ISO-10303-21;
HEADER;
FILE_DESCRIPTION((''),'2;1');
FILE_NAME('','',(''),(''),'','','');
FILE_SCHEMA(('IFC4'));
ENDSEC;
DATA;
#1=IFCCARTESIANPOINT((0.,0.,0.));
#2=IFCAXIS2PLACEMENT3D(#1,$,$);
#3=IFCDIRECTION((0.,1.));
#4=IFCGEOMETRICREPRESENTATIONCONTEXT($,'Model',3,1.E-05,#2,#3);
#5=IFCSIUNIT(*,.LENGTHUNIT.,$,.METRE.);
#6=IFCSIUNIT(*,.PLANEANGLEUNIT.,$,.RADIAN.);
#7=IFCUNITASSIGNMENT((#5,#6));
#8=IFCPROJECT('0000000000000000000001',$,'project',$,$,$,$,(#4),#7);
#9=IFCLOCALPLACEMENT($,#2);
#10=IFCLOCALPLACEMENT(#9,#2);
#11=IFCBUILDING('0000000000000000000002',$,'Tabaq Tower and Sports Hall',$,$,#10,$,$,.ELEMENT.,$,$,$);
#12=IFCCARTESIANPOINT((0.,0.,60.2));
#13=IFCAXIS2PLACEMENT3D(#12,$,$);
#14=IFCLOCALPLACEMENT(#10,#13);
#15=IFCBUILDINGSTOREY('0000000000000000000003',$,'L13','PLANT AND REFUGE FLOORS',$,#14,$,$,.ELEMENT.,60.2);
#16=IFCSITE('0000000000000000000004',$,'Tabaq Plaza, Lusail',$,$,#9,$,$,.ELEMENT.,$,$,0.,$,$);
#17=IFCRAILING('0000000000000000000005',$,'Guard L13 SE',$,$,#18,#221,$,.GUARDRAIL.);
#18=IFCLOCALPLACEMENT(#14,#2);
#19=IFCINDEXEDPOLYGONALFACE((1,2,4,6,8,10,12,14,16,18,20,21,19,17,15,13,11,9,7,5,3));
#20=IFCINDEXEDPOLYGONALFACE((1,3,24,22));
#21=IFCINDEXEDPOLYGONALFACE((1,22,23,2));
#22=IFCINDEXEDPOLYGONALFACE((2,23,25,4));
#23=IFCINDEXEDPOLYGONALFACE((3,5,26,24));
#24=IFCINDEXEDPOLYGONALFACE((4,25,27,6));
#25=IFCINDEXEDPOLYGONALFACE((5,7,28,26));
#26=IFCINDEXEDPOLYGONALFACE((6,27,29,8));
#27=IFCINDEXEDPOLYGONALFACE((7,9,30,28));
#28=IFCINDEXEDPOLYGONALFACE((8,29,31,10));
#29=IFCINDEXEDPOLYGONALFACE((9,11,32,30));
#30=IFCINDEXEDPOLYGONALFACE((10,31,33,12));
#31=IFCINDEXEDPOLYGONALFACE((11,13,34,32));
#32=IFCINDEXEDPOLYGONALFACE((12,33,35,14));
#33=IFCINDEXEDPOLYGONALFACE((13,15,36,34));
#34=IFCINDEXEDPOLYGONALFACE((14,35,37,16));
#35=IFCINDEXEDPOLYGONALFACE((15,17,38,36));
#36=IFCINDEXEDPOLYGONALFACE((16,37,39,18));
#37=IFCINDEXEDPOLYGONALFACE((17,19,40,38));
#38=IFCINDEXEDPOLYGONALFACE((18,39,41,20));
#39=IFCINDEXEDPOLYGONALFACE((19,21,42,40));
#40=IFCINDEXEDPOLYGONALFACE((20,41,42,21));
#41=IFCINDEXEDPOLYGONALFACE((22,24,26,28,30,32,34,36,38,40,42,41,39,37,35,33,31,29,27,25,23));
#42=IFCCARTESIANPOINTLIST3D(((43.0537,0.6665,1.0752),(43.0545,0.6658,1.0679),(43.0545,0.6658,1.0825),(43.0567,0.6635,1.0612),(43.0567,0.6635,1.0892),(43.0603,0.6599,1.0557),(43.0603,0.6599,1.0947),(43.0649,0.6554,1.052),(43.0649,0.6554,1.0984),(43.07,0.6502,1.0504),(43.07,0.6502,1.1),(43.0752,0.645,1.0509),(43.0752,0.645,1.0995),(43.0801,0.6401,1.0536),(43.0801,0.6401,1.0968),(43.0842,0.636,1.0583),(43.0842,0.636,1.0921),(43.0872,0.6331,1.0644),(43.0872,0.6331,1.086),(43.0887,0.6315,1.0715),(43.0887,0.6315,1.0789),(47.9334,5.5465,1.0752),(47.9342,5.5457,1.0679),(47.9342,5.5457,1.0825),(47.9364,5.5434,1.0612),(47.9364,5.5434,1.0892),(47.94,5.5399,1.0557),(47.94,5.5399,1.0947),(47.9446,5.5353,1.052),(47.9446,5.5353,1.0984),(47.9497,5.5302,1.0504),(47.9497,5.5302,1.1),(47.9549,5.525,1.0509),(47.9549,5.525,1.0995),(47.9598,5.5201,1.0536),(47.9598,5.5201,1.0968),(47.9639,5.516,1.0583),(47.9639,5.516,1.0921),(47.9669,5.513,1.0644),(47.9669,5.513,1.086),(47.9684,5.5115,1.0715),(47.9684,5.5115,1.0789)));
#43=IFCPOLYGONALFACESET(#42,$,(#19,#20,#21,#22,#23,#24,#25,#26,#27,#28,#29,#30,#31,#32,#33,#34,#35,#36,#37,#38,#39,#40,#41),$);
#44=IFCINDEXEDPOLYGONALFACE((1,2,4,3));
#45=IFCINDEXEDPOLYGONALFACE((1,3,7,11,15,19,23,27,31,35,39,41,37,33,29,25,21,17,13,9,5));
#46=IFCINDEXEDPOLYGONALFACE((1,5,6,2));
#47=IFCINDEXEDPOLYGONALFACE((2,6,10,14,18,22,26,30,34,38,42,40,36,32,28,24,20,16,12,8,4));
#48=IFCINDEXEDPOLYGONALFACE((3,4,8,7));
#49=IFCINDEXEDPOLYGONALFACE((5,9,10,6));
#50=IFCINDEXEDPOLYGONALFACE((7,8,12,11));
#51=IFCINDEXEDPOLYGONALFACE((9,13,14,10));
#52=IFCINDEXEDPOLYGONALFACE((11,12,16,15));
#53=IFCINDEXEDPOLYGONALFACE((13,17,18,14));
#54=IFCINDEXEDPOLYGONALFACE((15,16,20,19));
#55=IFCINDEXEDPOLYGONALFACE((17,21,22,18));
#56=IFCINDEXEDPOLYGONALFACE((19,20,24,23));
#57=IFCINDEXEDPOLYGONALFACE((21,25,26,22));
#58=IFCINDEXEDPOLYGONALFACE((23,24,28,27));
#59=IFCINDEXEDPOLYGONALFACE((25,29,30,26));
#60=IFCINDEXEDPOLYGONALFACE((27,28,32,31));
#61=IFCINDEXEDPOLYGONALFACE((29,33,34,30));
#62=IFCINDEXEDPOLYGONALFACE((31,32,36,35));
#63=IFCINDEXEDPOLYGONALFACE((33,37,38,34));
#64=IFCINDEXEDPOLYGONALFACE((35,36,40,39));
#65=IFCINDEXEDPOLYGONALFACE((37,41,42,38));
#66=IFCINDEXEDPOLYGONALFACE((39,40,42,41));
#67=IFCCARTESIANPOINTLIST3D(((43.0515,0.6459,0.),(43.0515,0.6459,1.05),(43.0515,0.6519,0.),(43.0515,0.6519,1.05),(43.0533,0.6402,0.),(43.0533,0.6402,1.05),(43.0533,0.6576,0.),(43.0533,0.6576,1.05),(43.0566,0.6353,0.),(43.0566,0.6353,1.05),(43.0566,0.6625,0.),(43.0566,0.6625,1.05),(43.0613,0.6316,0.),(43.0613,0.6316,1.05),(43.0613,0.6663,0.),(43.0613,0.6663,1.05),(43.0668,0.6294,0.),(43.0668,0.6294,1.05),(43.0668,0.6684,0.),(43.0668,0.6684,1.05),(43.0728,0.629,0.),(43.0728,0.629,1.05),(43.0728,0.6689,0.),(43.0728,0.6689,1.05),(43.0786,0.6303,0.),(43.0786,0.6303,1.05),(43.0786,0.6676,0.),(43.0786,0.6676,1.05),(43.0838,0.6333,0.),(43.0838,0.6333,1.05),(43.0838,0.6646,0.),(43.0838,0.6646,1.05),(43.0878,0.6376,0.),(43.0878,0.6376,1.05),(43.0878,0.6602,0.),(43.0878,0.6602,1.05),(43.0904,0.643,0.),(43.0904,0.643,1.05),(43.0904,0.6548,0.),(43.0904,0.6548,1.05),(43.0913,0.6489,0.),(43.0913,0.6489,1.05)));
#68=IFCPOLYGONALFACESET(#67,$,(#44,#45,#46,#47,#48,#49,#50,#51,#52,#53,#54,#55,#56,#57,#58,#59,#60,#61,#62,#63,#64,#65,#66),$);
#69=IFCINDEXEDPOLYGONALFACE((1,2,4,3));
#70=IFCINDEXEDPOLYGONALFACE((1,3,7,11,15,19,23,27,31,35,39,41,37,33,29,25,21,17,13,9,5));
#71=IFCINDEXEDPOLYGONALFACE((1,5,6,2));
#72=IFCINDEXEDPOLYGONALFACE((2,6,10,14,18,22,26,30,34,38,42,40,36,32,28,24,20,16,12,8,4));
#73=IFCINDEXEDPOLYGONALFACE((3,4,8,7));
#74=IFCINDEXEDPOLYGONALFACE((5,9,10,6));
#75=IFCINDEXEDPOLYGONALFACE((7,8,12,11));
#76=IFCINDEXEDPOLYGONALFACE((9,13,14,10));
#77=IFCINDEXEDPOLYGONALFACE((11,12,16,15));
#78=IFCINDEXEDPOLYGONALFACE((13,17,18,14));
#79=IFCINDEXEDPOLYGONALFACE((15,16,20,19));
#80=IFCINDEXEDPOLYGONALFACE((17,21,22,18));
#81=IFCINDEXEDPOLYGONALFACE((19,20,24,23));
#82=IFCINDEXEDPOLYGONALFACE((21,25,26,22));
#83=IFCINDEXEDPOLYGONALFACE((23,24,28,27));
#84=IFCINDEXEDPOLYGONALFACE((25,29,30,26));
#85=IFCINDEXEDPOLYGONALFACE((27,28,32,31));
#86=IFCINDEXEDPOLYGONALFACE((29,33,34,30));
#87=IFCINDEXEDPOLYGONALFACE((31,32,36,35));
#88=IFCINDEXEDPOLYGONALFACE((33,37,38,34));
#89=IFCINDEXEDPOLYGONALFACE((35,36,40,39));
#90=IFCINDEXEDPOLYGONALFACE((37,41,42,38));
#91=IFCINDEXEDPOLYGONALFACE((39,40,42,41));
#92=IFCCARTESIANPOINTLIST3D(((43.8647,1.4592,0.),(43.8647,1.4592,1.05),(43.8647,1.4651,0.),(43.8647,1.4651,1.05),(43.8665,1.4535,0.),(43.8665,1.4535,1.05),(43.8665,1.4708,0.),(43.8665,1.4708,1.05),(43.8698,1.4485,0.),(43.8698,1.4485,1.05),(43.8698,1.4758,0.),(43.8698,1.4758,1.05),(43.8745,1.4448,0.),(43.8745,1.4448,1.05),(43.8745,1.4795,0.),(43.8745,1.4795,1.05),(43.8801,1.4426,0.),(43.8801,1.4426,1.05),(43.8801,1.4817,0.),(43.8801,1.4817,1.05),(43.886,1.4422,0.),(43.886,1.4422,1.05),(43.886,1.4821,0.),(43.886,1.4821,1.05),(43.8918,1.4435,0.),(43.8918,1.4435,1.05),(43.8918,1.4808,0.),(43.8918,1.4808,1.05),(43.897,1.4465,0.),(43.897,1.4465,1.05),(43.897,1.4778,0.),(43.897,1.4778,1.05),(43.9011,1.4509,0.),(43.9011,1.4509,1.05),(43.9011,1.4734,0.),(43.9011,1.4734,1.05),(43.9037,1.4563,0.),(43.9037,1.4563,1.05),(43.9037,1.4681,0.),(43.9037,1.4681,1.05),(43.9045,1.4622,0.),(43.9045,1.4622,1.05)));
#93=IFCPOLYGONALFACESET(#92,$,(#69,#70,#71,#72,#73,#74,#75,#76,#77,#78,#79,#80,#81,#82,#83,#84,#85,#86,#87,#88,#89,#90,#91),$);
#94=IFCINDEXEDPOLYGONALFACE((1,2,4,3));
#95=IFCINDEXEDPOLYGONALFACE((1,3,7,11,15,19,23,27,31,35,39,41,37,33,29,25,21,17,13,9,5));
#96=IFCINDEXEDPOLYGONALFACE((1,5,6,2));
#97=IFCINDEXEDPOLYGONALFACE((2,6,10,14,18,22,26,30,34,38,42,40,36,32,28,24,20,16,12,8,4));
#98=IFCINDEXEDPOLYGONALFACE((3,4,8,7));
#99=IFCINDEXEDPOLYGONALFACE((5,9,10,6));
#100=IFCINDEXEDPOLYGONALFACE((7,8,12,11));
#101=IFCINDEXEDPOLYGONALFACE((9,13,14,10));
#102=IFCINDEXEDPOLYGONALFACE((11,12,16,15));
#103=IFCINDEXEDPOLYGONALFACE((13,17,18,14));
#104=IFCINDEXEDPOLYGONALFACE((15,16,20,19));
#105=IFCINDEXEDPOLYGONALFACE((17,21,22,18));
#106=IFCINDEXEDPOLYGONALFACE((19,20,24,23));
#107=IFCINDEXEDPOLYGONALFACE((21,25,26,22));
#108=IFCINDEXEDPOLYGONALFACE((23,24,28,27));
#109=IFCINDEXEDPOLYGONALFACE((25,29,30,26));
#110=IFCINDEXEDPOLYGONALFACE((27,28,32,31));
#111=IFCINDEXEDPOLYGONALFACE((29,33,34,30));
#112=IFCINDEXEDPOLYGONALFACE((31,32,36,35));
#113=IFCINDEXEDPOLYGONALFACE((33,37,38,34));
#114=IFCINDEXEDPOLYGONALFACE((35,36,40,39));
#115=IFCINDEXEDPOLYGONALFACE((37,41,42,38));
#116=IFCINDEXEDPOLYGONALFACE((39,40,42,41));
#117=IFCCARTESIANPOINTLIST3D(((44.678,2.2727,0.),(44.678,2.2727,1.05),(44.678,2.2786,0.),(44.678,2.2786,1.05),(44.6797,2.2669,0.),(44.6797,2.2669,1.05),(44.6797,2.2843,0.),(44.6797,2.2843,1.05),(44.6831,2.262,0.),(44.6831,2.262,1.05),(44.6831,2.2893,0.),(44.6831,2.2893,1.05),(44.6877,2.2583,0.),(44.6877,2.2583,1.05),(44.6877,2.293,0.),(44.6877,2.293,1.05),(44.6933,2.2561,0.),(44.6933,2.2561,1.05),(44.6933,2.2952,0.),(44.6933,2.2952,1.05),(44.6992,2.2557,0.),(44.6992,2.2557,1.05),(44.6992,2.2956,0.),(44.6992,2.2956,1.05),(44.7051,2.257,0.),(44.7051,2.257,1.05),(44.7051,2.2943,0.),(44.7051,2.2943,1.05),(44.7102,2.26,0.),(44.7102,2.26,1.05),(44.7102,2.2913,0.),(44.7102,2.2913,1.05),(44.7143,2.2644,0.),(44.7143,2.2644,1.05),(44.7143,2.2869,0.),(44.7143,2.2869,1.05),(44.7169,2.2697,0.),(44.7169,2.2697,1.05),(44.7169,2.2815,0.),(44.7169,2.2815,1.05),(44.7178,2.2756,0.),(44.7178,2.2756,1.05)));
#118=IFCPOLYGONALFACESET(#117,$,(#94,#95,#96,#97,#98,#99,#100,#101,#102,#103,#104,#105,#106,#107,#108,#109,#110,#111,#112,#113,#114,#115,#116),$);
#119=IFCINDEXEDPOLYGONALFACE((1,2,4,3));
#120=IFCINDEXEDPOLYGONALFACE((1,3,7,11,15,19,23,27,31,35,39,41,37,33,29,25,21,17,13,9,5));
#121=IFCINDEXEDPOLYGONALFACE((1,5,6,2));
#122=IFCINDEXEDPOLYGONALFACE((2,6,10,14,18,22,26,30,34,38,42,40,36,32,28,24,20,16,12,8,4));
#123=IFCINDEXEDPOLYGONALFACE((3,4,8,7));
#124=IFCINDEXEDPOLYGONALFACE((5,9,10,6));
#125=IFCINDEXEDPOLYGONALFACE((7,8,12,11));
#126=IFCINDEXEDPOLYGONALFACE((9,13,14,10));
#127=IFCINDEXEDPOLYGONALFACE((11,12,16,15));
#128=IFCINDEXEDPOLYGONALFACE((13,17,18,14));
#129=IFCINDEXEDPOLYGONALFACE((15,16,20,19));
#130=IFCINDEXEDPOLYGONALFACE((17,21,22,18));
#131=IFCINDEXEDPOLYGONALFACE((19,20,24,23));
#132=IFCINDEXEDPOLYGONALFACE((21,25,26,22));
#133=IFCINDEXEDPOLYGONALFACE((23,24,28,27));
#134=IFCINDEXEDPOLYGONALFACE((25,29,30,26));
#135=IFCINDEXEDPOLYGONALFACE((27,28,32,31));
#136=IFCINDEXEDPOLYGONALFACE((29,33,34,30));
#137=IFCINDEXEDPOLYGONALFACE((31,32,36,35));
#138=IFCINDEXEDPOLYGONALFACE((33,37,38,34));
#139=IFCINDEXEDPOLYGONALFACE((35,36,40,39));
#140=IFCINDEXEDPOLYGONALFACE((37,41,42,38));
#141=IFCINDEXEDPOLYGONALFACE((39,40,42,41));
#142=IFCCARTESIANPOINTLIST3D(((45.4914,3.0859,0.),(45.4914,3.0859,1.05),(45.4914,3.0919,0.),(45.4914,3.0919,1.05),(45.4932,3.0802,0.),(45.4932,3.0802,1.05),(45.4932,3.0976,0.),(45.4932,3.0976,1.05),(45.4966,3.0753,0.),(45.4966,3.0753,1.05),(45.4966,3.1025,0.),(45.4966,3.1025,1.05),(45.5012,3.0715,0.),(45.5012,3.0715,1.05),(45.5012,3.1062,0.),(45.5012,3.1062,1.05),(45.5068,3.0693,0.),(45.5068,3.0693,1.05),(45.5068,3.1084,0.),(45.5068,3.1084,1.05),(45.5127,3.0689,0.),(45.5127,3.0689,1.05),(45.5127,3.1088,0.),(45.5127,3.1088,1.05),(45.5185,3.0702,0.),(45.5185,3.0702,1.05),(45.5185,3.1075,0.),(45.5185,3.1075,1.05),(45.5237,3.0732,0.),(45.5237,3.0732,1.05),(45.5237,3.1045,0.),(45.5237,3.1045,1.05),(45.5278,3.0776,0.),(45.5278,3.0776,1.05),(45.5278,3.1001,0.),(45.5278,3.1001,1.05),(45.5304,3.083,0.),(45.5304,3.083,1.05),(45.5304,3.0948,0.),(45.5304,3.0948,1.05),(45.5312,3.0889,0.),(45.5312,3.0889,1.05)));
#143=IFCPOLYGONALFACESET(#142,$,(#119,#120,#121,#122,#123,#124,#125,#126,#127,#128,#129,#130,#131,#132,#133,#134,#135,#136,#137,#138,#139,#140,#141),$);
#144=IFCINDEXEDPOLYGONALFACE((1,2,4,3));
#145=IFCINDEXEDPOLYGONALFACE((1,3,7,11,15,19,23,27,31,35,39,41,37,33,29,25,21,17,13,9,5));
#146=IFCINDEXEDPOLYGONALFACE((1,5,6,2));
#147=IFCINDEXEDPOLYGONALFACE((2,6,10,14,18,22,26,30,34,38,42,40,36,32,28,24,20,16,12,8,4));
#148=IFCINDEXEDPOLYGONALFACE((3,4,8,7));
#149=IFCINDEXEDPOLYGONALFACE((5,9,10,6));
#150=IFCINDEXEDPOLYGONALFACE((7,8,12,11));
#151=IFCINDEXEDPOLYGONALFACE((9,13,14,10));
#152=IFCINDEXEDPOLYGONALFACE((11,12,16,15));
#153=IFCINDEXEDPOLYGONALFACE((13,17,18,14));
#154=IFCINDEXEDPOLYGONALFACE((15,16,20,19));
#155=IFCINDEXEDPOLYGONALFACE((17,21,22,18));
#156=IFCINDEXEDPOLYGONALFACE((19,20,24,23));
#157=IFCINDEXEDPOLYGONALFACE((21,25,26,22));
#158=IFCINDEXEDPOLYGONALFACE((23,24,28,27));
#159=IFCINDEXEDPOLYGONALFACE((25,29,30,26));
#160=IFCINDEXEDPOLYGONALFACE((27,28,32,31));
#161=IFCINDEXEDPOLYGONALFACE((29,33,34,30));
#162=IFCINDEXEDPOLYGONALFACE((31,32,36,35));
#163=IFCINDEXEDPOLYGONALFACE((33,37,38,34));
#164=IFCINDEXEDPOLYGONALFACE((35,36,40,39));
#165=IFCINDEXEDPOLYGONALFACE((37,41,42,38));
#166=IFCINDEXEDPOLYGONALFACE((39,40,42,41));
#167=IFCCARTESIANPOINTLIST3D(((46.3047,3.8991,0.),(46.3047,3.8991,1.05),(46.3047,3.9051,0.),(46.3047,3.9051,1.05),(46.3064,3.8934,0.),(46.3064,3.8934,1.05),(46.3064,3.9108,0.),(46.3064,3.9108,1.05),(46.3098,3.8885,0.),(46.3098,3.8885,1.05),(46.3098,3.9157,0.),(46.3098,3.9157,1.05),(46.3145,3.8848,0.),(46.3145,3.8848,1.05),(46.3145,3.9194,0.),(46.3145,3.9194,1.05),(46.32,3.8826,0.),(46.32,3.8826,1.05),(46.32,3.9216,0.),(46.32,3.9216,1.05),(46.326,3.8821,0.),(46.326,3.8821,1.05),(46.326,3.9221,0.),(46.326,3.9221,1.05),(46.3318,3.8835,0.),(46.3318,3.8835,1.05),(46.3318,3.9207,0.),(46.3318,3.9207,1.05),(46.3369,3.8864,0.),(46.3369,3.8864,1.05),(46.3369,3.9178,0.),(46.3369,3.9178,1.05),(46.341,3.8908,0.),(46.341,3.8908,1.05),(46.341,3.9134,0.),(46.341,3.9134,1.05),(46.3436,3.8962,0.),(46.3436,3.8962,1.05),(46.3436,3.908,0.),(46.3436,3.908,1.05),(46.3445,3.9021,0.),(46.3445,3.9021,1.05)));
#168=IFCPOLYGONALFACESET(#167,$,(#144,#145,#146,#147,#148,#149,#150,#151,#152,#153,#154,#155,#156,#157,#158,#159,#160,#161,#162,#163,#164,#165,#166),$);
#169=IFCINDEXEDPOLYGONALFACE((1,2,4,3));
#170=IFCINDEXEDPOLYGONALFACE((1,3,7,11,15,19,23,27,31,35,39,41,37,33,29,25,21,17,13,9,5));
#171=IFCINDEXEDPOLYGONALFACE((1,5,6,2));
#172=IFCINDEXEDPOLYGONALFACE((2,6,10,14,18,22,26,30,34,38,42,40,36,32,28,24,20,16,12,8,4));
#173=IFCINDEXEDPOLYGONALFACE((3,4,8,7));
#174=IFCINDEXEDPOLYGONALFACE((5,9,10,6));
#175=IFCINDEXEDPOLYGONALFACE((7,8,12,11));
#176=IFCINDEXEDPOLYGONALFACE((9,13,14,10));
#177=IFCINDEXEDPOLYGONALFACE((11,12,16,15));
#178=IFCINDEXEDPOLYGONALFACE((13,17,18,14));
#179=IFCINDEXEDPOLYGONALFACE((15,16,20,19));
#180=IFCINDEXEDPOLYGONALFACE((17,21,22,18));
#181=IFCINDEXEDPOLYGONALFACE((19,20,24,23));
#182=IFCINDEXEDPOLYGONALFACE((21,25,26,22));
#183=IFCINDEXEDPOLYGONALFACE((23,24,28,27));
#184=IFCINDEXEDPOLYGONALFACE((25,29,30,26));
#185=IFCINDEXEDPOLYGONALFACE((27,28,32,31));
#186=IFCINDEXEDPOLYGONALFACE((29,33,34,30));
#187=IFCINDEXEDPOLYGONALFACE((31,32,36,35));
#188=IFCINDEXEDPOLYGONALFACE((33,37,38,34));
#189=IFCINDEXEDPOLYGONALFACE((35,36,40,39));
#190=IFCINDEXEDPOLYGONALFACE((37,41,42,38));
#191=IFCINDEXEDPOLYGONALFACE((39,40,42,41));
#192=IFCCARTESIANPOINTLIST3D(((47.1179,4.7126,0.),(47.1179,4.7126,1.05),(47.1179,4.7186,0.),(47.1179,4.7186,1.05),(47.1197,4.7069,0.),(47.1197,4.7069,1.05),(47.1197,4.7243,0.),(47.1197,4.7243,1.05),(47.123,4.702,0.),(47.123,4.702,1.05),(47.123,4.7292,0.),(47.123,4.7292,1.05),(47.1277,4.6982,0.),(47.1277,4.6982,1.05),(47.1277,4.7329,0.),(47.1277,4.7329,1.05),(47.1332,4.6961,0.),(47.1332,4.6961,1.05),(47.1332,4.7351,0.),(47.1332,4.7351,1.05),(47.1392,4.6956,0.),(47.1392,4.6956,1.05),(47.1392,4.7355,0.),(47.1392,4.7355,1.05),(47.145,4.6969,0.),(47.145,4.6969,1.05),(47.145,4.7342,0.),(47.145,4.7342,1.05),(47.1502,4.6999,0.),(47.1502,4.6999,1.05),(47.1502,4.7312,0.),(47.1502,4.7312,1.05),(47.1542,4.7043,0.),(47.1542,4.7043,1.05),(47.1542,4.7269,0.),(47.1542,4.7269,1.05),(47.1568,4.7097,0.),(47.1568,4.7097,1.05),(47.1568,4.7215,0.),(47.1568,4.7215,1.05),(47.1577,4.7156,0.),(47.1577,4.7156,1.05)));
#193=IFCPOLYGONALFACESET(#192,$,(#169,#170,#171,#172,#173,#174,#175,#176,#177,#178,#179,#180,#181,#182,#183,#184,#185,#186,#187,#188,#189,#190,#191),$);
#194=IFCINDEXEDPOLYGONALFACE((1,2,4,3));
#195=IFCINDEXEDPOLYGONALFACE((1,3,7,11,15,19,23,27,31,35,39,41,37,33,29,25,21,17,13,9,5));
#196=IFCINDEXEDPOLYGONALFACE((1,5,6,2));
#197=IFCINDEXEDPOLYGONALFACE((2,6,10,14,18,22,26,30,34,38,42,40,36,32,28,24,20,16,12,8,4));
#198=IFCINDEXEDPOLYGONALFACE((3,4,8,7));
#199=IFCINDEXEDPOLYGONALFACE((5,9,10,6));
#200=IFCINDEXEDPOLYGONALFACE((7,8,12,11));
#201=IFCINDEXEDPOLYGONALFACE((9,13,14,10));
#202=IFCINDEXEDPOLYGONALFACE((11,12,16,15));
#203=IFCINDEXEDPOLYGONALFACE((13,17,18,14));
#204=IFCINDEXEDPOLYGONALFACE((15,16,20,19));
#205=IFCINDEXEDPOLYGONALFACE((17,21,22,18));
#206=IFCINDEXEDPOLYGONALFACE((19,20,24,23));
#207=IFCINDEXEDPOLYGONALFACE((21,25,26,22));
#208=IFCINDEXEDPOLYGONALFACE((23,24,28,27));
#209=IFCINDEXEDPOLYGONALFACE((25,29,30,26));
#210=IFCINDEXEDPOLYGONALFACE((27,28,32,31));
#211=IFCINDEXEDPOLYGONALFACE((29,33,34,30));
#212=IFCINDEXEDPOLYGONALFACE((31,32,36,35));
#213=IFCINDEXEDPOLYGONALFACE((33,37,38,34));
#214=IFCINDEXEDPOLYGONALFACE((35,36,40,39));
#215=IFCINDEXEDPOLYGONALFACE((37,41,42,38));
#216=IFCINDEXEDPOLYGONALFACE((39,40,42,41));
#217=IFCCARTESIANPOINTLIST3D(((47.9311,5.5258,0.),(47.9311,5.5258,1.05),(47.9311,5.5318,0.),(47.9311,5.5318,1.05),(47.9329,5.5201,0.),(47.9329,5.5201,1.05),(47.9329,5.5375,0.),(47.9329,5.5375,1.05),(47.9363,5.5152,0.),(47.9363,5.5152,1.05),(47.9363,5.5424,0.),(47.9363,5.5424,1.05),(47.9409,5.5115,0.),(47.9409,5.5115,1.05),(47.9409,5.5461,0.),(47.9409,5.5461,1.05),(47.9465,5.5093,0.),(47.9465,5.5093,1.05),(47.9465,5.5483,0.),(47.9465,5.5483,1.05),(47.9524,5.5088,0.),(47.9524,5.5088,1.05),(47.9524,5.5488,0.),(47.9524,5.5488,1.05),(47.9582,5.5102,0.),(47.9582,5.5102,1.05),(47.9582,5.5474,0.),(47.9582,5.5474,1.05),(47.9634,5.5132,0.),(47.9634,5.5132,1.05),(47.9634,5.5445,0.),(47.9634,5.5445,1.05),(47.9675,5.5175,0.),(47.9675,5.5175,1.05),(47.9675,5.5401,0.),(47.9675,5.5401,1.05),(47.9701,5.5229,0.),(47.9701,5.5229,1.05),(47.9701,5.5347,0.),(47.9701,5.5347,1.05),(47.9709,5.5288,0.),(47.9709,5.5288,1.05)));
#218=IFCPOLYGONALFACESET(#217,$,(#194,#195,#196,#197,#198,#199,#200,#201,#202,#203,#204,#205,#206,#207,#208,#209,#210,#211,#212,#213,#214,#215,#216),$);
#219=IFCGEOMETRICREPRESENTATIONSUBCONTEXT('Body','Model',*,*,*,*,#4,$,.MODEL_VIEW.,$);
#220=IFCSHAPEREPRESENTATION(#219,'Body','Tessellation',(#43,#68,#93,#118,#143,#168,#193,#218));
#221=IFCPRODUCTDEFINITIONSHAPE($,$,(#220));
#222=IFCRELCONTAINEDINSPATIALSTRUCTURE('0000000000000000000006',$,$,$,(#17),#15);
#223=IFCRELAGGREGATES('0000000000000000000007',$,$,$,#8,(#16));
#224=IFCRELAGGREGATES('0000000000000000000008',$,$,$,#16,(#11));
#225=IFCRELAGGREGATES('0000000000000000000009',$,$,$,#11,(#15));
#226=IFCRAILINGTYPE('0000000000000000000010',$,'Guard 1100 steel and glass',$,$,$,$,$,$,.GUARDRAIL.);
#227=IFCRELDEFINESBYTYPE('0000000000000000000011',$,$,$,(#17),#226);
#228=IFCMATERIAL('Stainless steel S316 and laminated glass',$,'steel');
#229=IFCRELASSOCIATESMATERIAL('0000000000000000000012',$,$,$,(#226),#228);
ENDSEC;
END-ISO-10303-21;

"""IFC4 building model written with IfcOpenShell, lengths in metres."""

from ifc_helpers import new_model, si_unit, direction, frame, origin, origin_2d, place, context, subcontext, project, spatial, circle, extrude, material, type_object, element, save


model = new_model("IFC4")

# Units and contexts
model_context = context("Model", 3, precision=1e-05, world=origin(), true_north=direction((0.0, 1.0)))
body_context = subcontext(model_context, "Body", "Model", "MODEL_VIEW")
ifc_project = project(units=[si_unit("LENGTHUNIT", "METRE"), si_unit("PLANEANGLEUNIT", "RADIAN")], contexts=[model_context])

# Site, building, storey
site_placement = place(None, origin())
site = spatial("IfcSite", under=ifc_project, at=site_placement, Name="Tabaq Plaza, Lusail", CompositionType="ELEMENT", RefElevation=0.0)
building_placement = place(site_placement, origin())
building = spatial("IfcBuilding", under=site, at=building_placement, Name="Tabaq Tower and Sports Hall", CompositionType="ELEMENT")
storey_placement = place(building_placement, frame((0.0, 0.0, 60.2)))
storey = spatial("IfcBuildingStorey", under=building, at=storey_placement, Name="L13", Description="PLANT AND REFUGE FLOORS", CompositionType="ELEMENT", Elevation=60.2)

# Railing
ifc_material_1 = material(Name="Stainless steel S316 and laminated glass", Category="steel")
railing_type = type_object("IfcRailingType", Name="Guard 1100 steel and glass", PredefinedType="GUARDRAIL", material=ifc_material_1)
railing_1_placement = place(storey_placement, frame((43.0713, 0.6489, 0.0)))
element("IfcRailing", 1, at=railing_1_placement, inside=storey, type_object=railing_type, Name="Guard L13 SE", PredefinedType="GUARDRAIL", context=body_context, shape_type="SweptSolid", body=[
    extrude(circle(Radius=0.0249, at=origin_2d()), frame((0.0, 0.0, 1.0752), z_axis=(0.707089, 0.707124, 0.0), x_axis=(-0.707124, 0.707089, 0.0)), (0.0, 0.0, 1.0), 6.9011),
    extrude(circle(Radius=0.02, at=origin_2d()), origin(), (0.0, 0.0, 1.0), 1.05),
    extrude(circle(Radius=0.02, at=origin_2d()), frame((0.8132, 0.8132, 0.0)), (0.0, 0.0, 1.0), 1.05),
    extrude(circle(Radius=0.02, at=origin_2d()), frame((1.6265, 1.6267, 0.0)), (0.0, 0.0, 1.0), 1.05),
    extrude(circle(Radius=0.02, at=origin_2d()), frame((2.4399, 2.4399, 0.0)), (0.0, 0.0, 1.0), 1.05),
    extrude(circle(Radius=0.02, at=origin_2d()), frame((3.2532, 3.2532, 0.0)), (0.0, 0.0, 1.0), 1.05),
    extrude(circle(Radius=0.02, at=origin_2d()), frame((4.0664, 4.0667, 0.0)), (0.0, 0.0, 1.0), 1.05),
    extrude(circle(Radius=0.02, at=origin_2d()), frame((4.8796, 4.8799, 0.0)), (0.0, 0.0, 1.0), 1.05),
])

save(model, "model.ifc")
